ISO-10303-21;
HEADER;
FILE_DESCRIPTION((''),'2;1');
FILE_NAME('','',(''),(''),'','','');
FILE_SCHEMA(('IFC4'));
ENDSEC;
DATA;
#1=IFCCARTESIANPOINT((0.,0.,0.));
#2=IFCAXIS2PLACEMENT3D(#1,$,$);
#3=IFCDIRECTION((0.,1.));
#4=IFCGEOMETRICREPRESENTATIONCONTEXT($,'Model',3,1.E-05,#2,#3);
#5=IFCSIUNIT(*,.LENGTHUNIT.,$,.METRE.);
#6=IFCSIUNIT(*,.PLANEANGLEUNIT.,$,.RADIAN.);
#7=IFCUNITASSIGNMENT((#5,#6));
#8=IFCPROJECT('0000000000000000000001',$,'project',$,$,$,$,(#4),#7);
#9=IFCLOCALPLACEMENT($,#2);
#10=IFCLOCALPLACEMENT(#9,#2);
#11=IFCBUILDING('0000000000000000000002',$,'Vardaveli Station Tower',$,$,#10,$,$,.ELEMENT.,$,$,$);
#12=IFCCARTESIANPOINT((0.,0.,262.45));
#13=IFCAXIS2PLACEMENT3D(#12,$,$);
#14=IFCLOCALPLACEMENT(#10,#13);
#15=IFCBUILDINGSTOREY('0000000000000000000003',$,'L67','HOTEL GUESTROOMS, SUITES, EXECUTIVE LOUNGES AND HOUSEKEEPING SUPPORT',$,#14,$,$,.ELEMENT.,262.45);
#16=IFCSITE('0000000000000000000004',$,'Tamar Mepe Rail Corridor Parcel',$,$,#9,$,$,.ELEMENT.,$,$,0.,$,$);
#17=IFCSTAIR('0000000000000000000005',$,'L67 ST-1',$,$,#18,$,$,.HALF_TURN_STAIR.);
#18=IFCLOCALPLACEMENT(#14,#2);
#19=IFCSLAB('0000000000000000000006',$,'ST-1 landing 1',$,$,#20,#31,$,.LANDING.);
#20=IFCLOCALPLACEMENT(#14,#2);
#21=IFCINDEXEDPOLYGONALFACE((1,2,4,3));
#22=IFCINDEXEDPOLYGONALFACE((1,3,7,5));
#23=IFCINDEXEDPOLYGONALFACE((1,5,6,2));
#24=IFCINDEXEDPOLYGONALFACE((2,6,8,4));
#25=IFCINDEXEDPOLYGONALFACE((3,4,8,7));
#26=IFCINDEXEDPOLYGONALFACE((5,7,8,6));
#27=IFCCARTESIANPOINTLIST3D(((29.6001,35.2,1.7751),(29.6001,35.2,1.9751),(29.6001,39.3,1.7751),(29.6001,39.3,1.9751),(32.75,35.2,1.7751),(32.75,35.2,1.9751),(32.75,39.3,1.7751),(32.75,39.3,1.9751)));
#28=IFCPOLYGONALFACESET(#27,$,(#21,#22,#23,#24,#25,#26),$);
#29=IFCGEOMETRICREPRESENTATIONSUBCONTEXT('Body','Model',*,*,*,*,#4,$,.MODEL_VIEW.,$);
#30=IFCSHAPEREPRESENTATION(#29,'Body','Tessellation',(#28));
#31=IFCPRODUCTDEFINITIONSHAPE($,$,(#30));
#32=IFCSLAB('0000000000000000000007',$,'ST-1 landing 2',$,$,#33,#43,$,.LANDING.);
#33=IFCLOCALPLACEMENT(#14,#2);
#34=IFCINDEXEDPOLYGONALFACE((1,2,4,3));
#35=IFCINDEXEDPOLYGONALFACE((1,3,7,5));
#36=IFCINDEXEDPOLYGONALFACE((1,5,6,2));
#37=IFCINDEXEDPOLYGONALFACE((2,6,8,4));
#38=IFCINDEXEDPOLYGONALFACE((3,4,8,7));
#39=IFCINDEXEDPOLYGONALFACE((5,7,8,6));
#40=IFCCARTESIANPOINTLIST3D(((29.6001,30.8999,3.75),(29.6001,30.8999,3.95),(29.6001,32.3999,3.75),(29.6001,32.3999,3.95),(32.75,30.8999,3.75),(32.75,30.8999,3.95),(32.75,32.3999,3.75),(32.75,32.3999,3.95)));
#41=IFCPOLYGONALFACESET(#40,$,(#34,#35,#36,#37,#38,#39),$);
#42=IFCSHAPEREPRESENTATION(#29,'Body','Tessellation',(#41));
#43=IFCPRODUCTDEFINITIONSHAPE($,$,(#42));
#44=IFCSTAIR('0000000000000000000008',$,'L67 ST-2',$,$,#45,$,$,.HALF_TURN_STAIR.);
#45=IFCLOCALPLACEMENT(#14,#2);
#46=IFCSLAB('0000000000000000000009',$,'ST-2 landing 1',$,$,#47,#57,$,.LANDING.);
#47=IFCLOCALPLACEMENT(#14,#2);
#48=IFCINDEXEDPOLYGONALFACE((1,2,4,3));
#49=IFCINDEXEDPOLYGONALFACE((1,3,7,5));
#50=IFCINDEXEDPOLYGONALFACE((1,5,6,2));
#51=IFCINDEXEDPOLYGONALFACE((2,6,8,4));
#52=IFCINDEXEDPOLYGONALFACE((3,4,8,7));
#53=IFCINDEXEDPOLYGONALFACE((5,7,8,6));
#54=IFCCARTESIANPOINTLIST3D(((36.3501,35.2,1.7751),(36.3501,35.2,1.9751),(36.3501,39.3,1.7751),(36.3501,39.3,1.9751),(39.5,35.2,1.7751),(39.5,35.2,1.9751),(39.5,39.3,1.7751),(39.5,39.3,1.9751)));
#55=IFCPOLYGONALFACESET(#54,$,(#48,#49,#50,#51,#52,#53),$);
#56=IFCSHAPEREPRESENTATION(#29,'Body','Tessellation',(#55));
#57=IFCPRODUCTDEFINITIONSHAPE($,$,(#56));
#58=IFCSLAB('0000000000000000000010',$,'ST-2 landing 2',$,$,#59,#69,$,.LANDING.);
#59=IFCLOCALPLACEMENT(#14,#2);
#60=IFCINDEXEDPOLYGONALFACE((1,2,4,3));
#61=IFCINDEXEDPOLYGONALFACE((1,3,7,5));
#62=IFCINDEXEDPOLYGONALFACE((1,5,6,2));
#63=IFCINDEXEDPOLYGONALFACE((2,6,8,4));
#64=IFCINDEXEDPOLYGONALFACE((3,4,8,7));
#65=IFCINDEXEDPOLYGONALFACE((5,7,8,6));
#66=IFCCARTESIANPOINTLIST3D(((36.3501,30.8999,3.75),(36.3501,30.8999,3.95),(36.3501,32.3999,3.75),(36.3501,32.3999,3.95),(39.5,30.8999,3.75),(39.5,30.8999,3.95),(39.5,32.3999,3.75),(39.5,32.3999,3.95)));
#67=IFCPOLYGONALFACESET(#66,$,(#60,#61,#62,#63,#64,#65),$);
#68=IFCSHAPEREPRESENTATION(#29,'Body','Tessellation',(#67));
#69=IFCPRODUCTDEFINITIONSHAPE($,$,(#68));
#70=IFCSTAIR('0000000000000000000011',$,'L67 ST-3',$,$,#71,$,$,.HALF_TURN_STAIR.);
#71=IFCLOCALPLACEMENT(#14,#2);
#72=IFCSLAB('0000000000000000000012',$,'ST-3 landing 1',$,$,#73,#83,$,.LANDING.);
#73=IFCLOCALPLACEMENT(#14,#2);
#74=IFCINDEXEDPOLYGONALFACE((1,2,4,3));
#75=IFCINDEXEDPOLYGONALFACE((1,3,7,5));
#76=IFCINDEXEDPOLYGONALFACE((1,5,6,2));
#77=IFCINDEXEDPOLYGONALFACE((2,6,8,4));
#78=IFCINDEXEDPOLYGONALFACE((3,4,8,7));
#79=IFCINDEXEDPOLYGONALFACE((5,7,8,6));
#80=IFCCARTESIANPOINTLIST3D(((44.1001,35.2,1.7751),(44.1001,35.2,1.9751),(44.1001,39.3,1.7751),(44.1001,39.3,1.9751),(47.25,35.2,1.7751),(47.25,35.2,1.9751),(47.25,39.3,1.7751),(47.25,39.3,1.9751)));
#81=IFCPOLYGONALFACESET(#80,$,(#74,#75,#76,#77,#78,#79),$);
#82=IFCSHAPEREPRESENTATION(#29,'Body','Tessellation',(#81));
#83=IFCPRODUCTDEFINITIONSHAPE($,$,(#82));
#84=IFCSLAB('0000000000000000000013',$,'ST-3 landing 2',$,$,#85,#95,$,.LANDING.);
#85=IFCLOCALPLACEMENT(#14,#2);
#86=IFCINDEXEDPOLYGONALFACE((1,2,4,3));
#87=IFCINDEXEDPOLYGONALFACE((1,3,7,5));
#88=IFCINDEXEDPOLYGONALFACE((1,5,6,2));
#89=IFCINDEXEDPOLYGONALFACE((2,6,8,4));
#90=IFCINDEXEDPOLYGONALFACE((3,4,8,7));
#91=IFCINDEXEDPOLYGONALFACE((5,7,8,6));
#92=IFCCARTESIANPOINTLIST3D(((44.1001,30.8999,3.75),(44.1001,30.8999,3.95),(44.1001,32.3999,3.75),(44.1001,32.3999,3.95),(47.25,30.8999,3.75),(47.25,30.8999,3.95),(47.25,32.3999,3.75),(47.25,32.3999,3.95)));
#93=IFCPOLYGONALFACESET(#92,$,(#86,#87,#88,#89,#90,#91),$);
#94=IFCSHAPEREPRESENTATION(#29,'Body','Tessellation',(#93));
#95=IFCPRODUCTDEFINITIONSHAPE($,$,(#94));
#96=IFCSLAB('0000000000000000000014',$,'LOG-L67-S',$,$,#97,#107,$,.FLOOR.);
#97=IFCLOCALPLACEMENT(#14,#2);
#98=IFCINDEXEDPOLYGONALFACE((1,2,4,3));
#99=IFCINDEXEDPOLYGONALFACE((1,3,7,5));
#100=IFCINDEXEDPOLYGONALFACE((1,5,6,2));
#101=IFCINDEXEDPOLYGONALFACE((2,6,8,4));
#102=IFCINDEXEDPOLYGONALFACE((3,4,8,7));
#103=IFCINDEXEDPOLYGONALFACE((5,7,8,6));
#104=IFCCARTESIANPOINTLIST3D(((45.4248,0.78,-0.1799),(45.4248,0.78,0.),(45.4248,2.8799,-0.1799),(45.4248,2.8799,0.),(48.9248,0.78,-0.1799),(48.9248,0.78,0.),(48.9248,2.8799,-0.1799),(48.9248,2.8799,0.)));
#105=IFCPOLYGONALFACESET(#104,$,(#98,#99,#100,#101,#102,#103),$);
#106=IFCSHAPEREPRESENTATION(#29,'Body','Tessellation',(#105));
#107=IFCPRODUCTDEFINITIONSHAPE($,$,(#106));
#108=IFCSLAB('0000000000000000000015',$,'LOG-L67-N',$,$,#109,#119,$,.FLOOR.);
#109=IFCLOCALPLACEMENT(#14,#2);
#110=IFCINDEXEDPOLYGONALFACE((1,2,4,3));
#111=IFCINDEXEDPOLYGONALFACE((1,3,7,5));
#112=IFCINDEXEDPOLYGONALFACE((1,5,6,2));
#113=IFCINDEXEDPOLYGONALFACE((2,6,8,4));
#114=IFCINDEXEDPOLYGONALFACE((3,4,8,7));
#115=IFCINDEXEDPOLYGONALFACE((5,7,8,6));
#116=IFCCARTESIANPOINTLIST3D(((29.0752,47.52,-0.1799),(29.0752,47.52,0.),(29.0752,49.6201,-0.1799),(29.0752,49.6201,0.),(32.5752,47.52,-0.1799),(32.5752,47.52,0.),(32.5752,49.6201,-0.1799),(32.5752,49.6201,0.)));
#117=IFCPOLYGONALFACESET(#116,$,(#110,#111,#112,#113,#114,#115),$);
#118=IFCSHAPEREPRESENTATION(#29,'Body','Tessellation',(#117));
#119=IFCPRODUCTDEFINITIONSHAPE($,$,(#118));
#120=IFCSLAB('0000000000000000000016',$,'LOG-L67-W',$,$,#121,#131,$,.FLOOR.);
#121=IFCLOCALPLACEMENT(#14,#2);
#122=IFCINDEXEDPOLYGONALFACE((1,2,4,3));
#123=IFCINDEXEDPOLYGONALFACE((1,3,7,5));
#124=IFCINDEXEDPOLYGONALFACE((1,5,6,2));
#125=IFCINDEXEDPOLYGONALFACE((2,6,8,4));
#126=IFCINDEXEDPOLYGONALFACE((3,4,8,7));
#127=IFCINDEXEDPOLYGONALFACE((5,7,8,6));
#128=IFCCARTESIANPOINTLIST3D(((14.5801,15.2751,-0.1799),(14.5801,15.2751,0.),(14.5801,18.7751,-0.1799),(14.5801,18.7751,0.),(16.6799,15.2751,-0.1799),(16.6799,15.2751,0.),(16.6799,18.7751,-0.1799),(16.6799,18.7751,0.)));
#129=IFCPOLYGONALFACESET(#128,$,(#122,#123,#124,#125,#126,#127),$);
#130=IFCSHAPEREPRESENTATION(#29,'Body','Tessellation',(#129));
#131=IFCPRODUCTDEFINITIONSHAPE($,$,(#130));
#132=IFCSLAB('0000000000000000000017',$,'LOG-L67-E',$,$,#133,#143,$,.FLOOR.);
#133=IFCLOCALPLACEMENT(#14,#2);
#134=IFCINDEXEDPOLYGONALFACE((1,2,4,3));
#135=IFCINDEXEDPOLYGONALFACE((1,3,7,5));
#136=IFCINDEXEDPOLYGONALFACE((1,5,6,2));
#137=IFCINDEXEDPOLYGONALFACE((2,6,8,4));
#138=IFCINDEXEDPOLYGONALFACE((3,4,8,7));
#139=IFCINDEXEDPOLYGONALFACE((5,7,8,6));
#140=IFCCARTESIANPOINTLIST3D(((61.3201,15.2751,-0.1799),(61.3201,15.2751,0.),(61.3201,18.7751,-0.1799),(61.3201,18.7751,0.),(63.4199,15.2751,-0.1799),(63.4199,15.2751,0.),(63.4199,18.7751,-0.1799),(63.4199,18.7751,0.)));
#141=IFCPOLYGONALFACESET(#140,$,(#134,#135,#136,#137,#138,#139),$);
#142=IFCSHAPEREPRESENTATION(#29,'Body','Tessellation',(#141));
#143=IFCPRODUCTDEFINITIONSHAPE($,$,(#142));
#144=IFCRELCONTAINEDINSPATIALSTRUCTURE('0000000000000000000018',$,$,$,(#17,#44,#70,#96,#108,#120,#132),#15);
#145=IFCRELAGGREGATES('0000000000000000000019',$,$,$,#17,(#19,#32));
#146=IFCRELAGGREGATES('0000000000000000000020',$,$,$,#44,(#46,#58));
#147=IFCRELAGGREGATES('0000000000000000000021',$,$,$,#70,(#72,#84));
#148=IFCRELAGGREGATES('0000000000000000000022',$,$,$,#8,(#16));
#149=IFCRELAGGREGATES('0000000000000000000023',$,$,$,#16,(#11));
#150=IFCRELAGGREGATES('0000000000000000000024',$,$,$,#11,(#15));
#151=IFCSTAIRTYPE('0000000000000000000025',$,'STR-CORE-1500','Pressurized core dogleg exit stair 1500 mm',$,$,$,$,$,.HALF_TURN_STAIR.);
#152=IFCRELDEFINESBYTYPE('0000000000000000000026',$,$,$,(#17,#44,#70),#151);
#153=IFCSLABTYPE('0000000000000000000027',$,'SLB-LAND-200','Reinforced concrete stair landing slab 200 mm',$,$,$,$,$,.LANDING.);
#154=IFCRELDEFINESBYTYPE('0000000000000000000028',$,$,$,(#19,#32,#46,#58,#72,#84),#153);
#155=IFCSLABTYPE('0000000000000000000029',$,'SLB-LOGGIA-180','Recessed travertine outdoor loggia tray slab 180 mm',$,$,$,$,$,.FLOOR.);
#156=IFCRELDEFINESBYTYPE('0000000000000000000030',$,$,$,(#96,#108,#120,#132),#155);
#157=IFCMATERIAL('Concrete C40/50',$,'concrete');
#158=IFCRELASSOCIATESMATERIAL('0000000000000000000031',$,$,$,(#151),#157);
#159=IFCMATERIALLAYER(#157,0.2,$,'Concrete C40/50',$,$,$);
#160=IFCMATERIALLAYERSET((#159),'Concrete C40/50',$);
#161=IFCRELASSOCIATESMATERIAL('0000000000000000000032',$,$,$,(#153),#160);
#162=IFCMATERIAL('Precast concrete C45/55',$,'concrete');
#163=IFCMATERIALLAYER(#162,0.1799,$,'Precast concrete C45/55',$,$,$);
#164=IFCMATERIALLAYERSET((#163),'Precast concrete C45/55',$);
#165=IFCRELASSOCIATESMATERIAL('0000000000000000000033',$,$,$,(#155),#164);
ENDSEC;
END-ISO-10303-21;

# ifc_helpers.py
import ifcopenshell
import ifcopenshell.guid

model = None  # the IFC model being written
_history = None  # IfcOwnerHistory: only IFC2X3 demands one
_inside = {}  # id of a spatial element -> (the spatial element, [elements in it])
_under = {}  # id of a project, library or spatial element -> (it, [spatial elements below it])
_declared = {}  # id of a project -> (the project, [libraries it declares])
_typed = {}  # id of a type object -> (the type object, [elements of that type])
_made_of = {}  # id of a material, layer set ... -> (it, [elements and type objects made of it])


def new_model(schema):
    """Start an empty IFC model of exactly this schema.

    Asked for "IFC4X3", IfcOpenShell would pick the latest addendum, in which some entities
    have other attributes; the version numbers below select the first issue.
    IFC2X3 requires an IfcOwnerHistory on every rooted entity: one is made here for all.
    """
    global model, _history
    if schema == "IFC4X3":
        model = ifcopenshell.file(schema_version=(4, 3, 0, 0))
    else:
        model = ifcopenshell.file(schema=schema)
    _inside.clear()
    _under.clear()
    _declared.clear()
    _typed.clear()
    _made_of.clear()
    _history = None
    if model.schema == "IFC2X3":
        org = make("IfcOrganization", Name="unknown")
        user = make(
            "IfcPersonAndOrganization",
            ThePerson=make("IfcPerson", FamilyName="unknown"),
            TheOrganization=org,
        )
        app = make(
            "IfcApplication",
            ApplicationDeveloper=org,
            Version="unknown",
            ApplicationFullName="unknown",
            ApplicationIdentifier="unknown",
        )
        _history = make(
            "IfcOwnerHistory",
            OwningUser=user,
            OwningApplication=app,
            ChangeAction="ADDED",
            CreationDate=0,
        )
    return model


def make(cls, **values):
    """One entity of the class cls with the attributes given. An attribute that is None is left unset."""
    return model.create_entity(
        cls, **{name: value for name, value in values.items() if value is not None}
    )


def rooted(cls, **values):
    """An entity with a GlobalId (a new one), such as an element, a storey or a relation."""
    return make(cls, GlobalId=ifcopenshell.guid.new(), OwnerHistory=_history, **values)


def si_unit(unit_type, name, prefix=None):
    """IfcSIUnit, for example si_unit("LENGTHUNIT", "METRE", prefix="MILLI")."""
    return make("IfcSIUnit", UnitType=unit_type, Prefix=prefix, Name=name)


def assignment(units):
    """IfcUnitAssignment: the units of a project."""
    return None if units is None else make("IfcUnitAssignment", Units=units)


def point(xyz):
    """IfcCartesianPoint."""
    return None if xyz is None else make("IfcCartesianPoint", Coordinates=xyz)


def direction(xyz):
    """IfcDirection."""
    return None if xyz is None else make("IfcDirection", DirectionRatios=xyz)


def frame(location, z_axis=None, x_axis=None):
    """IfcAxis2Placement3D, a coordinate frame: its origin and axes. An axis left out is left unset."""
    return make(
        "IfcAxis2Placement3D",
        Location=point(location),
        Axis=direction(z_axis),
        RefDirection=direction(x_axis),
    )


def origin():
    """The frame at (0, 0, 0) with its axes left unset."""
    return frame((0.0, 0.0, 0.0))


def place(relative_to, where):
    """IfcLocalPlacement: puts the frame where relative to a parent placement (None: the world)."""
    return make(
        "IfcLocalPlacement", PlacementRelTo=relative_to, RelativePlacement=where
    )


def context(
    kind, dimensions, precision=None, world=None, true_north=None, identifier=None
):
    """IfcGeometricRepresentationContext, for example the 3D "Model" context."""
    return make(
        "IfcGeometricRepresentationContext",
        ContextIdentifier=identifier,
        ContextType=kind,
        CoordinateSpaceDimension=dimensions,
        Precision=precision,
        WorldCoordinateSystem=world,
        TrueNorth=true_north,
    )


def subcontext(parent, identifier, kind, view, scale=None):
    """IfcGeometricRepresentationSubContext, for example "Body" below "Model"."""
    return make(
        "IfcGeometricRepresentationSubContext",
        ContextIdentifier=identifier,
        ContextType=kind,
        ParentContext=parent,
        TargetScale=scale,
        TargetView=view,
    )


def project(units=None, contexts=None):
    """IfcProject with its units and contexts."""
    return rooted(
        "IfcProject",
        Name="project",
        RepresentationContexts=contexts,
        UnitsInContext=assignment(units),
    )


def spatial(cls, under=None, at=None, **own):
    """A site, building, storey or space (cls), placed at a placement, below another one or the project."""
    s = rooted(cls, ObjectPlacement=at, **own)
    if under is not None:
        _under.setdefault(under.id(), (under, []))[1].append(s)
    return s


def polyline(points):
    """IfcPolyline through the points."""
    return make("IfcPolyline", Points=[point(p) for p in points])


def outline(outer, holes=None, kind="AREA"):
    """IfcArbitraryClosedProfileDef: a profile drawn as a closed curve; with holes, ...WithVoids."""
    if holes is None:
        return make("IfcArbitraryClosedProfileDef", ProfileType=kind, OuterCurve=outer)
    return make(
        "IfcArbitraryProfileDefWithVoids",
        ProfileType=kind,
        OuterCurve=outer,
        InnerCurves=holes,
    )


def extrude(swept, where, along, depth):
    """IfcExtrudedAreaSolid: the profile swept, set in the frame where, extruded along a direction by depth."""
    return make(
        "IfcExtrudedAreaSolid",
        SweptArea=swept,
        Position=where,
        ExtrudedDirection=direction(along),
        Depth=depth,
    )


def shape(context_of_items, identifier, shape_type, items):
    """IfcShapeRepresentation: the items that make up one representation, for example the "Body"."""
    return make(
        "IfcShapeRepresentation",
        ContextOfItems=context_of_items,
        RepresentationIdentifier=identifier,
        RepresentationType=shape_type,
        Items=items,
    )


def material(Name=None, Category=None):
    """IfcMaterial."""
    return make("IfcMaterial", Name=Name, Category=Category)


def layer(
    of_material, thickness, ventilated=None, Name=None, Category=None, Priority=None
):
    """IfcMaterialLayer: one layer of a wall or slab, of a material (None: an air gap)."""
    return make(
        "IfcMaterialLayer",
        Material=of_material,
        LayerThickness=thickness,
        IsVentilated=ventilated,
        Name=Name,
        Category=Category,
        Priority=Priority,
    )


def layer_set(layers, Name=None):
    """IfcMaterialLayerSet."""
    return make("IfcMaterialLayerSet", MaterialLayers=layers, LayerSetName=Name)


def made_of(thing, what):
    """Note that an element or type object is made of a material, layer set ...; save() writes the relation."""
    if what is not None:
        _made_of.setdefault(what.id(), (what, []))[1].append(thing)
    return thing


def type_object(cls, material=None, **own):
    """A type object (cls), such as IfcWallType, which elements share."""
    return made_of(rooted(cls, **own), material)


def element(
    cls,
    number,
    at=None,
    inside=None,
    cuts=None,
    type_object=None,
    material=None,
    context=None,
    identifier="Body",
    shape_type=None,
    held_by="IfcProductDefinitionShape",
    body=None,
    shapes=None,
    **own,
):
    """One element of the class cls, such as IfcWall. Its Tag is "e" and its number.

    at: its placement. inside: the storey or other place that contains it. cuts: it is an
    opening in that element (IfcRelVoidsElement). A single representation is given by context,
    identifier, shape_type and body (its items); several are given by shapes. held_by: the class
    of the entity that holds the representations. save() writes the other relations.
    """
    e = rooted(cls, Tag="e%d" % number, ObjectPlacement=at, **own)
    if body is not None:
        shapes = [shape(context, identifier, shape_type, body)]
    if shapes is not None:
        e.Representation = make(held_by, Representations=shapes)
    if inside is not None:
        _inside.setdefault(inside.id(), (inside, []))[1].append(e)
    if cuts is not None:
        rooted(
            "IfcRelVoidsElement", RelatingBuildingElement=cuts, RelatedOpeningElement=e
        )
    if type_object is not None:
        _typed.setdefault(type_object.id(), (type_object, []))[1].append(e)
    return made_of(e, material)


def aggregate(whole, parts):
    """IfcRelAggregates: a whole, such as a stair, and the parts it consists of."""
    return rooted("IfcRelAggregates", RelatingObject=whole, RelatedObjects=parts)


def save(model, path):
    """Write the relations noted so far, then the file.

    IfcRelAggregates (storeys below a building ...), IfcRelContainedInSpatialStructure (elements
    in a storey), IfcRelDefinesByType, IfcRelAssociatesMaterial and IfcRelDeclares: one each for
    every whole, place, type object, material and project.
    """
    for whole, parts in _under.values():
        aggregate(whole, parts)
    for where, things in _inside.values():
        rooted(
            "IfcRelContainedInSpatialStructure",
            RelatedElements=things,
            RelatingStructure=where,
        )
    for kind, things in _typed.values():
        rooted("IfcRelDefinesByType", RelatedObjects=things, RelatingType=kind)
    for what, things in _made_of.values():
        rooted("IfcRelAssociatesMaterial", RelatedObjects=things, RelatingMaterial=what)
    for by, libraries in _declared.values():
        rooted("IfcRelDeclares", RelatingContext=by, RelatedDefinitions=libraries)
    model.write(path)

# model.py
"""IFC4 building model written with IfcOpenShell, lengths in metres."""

from ifc_helpers import new_model, si_unit, direction, frame, origin, place, context, subcontext, project, spatial, polyline, outline, extrude, material, layer, layer_set, type_object, element, aggregate, save


model = new_model("IFC4")

# Units and contexts
model_context = context("Model", 3, precision=1e-05, world=origin(), true_north=direction((0.0, 1.0)))
body_context = subcontext(model_context, "Body", "Model", "MODEL_VIEW")
ifc_project = project(units=[si_unit("LENGTHUNIT", "METRE"), si_unit("PLANEANGLEUNIT", "RADIAN")], contexts=[model_context])

# Site, building, storey
site_placement = place(None, origin())
site = spatial("IfcSite", under=ifc_project, at=site_placement, Name="Tamar Mepe Rail Corridor Parcel", CompositionType="ELEMENT", RefElevation=0.0)
building_placement = place(site_placement, origin())
building = spatial("IfcBuilding", under=site, at=building_placement, Name="Vardaveli Station Tower", CompositionType="ELEMENT")
storey_placement = place(building_placement, frame((0.0, 0.0, 262.45)))
storey = spatial("IfcBuildingStorey", under=building, at=storey_placement, Name="L67", Description="HOTEL GUESTROOMS, SUITES, EXECUTIVE LOUNGES AND HOUSEKEEPING SUPPORT", CompositionType="ELEMENT", Elevation=262.45)

# Stairs, slabs
ifc_material_1 = material(Name="Concrete C40/50", Category="concrete")
stair_type = type_object("IfcStairType", Name="STR-CORE-1500", Description="Pressurized core dogleg exit stair 1500 mm", PredefinedType="HALF_TURN_STAIR", material=ifc_material_1)
stair_1_placement = place(storey_placement, origin())
stair_1 = element("IfcStair", 1, at=stair_1_placement, inside=storey, type_object=stair_type, Name="L67 ST-1", PredefinedType="HALF_TURN_STAIR")
ifc_layer_1 = layer(ifc_material_1, 0.2, Name="Concrete C40/50")
ifc_layer_set_1 = layer_set([ifc_layer_1], Name="Concrete C40/50")
slab_type_1 = type_object("IfcSlabType", Name="SLB-LAND-200", Description="Reinforced concrete stair landing slab 200 mm", PredefinedType="LANDING", material=ifc_layer_set_1)
slab_1_placement = place(storey_placement, frame((0.0, 0.0, 1.7751)))
slab_1 = element("IfcSlab", 2, at=slab_1_placement, type_object=slab_type_1, Name="ST-1 landing 1", PredefinedType="LANDING", context=body_context, shape_type="SweptSolid", body=[
    extrude(outline(polyline([(32.75, 35.2), (32.75, 39.3), (29.6001, 39.3), (29.6001, 35.2), (32.75, 35.2)])), origin(), (0.0, 0.0, 1.0), 0.2),
])
slab_2_placement = place(storey_placement, frame((0.0, 0.0, 3.75)))
slab_2 = element("IfcSlab", 3, at=slab_2_placement, type_object=slab_type_1, Name="ST-1 landing 2", PredefinedType="LANDING", context=body_context, shape_type="SweptSolid", body=[
    extrude(outline(polyline([(32.75, 30.8999), (32.75, 32.3999), (29.6001, 32.3999), (29.6001, 30.8999), (32.75, 30.8999)])), origin(), (0.0, 0.0, 1.0), 0.2),
])
aggregate(stair_1, [slab_1, slab_2])
stair_2_placement = place(storey_placement, origin())
stair_2 = element("IfcStair", 4, at=stair_2_placement, inside=storey, type_object=stair_type, Name="L67 ST-2", PredefinedType="HALF_TURN_STAIR")
slab_3_placement = place(storey_placement, frame((0.0, 0.0, 1.7751)))
slab_3 = element("IfcSlab", 5, at=slab_3_placement, type_object=slab_type_1, Name="ST-2 landing 1", PredefinedType="LANDING", context=body_context, shape_type="SweptSolid", body=[
    extrude(outline(polyline([(39.5, 35.2), (39.5, 39.3), (36.3501, 39.3), (36.3501, 35.2), (39.5, 35.2)])), origin(), (0.0, 0.0, 1.0), 0.2),
])
slab_4_placement = place(storey_placement, frame((0.0, 0.0, 3.75)))
slab_4 = element("IfcSlab", 6, at=slab_4_placement, type_object=slab_type_1, Name="ST-2 landing 2", PredefinedType="LANDING", context=body_context, shape_type="SweptSolid", body=[
    extrude(outline(polyline([(39.5, 30.8999), (39.5, 32.3999), (36.3501, 32.3999), (36.3501, 30.8999), (39.5, 30.8999)])), origin(), (0.0, 0.0, 1.0), 0.2),
])
aggregate(stair_2, [slab_3, slab_4])
stair_3_placement = place(storey_placement, origin())
stair_3 = element("IfcStair", 7, at=stair_3_placement, inside=storey, type_object=stair_type, Name="L67 ST-3", PredefinedType="HALF_TURN_STAIR")
slab_5_placement = place(storey_placement, frame((0.0, 0.0, 1.7751)))
slab_5 = element("IfcSlab", 8, at=slab_5_placement, type_object=slab_type_1, Name="ST-3 landing 1", PredefinedType="LANDING", context=body_context, shape_type="SweptSolid", body=[
    extrude(outline(polyline([(47.25, 35.2), (47.25, 39.3), (44.1001, 39.3), (44.1001, 35.2), (47.25, 35.2)])), origin(), (0.0, 0.0, 1.0), 0.2),
])
slab_6_placement = place(storey_placement, frame((0.0, 0.0, 3.75)))
slab_6 = element("IfcSlab", 9, at=slab_6_placement, type_object=slab_type_1, Name="ST-3 landing 2", PredefinedType="LANDING", context=body_context, shape_type="SweptSolid", body=[
    extrude(outline(polyline([(47.25, 30.8999), (47.25, 32.3999), (44.1001, 32.3999), (44.1001, 30.8999), (47.25, 30.8999)])), origin(), (0.0, 0.0, 1.0), 0.2),
])
aggregate(stair_3, [slab_5, slab_6])

# Slabs
ifc_material_2 = material(Name="Precast concrete C45/55", Category="concrete")
ifc_layer_2 = layer(ifc_material_2, 0.1799, Name="Precast concrete C45/55")
ifc_layer_set_2 = layer_set([ifc_layer_2], Name="Precast concrete C45/55")
slab_type_2 = type_object("IfcSlabType", Name="SLB-LOGGIA-180", Description="Recessed travertine outdoor loggia tray slab 180 mm", PredefinedType="FLOOR", material=ifc_layer_set_2)
slab_7_placement = place(storey_placement, frame((0.0, 0.0, -0.1799)))
element("IfcSlab", 10, at=slab_7_placement, inside=storey, type_object=slab_type_2, Name="LOG-L67-S", PredefinedType="FLOOR", context=body_context, shape_type="SweptSolid", body=[
    extrude(outline(polyline([(45.4248, 0.78), (48.9248, 0.78), (48.9248, 2.8799), (45.4248, 2.8799), (45.4248, 0.78)])), origin(), (0.0, 0.0, 1.0), 0.1799),
])
slab_8_placement = place(storey_placement, frame((0.0, 0.0, -0.1799)))
element("IfcSlab", 11, at=slab_8_placement, inside=storey, type_object=slab_type_2, Name="LOG-L67-N", PredefinedType="FLOOR", context=body_context, shape_type="SweptSolid", body=[
    extrude(outline(polyline([(29.0752, 47.52), (32.5752, 47.52), (32.5752, 49.6201), (29.0752, 49.6201), (29.0752, 47.52)])), origin(), (0.0, 0.0, 1.0), 0.1799),
])
slab_9_placement = place(storey_placement, frame((0.0, 0.0, -0.1799)))
element("IfcSlab", 12, at=slab_9_placement, inside=storey, type_object=slab_type_2, Name="LOG-L67-W", PredefinedType="FLOOR", context=body_context, shape_type="SweptSolid", body=[
    extrude(outline(polyline([(14.5801, 15.2751), (16.6799, 15.2751), (16.6799, 18.7751), (14.5801, 18.7751), (14.5801, 15.2751)])), origin(), (0.0, 0.0, 1.0), 0.1799),
])
slab_10_placement = place(storey_placement, frame((0.0, 0.0, -0.1799)))
element("IfcSlab", 13, at=slab_10_placement, inside=storey, type_object=slab_type_2, Name="LOG-L67-E", PredefinedType="FLOOR", context=body_context, shape_type="SweptSolid", body=[
    extrude(outline(polyline([(61.3201, 15.2751), (63.4199, 15.2751), (63.4199, 18.7751), (61.3201, 18.7751), (61.3201, 15.2751)])), origin(), (0.0, 0.0, 1.0), 0.1799),
])

save(model, "model.ifc")
